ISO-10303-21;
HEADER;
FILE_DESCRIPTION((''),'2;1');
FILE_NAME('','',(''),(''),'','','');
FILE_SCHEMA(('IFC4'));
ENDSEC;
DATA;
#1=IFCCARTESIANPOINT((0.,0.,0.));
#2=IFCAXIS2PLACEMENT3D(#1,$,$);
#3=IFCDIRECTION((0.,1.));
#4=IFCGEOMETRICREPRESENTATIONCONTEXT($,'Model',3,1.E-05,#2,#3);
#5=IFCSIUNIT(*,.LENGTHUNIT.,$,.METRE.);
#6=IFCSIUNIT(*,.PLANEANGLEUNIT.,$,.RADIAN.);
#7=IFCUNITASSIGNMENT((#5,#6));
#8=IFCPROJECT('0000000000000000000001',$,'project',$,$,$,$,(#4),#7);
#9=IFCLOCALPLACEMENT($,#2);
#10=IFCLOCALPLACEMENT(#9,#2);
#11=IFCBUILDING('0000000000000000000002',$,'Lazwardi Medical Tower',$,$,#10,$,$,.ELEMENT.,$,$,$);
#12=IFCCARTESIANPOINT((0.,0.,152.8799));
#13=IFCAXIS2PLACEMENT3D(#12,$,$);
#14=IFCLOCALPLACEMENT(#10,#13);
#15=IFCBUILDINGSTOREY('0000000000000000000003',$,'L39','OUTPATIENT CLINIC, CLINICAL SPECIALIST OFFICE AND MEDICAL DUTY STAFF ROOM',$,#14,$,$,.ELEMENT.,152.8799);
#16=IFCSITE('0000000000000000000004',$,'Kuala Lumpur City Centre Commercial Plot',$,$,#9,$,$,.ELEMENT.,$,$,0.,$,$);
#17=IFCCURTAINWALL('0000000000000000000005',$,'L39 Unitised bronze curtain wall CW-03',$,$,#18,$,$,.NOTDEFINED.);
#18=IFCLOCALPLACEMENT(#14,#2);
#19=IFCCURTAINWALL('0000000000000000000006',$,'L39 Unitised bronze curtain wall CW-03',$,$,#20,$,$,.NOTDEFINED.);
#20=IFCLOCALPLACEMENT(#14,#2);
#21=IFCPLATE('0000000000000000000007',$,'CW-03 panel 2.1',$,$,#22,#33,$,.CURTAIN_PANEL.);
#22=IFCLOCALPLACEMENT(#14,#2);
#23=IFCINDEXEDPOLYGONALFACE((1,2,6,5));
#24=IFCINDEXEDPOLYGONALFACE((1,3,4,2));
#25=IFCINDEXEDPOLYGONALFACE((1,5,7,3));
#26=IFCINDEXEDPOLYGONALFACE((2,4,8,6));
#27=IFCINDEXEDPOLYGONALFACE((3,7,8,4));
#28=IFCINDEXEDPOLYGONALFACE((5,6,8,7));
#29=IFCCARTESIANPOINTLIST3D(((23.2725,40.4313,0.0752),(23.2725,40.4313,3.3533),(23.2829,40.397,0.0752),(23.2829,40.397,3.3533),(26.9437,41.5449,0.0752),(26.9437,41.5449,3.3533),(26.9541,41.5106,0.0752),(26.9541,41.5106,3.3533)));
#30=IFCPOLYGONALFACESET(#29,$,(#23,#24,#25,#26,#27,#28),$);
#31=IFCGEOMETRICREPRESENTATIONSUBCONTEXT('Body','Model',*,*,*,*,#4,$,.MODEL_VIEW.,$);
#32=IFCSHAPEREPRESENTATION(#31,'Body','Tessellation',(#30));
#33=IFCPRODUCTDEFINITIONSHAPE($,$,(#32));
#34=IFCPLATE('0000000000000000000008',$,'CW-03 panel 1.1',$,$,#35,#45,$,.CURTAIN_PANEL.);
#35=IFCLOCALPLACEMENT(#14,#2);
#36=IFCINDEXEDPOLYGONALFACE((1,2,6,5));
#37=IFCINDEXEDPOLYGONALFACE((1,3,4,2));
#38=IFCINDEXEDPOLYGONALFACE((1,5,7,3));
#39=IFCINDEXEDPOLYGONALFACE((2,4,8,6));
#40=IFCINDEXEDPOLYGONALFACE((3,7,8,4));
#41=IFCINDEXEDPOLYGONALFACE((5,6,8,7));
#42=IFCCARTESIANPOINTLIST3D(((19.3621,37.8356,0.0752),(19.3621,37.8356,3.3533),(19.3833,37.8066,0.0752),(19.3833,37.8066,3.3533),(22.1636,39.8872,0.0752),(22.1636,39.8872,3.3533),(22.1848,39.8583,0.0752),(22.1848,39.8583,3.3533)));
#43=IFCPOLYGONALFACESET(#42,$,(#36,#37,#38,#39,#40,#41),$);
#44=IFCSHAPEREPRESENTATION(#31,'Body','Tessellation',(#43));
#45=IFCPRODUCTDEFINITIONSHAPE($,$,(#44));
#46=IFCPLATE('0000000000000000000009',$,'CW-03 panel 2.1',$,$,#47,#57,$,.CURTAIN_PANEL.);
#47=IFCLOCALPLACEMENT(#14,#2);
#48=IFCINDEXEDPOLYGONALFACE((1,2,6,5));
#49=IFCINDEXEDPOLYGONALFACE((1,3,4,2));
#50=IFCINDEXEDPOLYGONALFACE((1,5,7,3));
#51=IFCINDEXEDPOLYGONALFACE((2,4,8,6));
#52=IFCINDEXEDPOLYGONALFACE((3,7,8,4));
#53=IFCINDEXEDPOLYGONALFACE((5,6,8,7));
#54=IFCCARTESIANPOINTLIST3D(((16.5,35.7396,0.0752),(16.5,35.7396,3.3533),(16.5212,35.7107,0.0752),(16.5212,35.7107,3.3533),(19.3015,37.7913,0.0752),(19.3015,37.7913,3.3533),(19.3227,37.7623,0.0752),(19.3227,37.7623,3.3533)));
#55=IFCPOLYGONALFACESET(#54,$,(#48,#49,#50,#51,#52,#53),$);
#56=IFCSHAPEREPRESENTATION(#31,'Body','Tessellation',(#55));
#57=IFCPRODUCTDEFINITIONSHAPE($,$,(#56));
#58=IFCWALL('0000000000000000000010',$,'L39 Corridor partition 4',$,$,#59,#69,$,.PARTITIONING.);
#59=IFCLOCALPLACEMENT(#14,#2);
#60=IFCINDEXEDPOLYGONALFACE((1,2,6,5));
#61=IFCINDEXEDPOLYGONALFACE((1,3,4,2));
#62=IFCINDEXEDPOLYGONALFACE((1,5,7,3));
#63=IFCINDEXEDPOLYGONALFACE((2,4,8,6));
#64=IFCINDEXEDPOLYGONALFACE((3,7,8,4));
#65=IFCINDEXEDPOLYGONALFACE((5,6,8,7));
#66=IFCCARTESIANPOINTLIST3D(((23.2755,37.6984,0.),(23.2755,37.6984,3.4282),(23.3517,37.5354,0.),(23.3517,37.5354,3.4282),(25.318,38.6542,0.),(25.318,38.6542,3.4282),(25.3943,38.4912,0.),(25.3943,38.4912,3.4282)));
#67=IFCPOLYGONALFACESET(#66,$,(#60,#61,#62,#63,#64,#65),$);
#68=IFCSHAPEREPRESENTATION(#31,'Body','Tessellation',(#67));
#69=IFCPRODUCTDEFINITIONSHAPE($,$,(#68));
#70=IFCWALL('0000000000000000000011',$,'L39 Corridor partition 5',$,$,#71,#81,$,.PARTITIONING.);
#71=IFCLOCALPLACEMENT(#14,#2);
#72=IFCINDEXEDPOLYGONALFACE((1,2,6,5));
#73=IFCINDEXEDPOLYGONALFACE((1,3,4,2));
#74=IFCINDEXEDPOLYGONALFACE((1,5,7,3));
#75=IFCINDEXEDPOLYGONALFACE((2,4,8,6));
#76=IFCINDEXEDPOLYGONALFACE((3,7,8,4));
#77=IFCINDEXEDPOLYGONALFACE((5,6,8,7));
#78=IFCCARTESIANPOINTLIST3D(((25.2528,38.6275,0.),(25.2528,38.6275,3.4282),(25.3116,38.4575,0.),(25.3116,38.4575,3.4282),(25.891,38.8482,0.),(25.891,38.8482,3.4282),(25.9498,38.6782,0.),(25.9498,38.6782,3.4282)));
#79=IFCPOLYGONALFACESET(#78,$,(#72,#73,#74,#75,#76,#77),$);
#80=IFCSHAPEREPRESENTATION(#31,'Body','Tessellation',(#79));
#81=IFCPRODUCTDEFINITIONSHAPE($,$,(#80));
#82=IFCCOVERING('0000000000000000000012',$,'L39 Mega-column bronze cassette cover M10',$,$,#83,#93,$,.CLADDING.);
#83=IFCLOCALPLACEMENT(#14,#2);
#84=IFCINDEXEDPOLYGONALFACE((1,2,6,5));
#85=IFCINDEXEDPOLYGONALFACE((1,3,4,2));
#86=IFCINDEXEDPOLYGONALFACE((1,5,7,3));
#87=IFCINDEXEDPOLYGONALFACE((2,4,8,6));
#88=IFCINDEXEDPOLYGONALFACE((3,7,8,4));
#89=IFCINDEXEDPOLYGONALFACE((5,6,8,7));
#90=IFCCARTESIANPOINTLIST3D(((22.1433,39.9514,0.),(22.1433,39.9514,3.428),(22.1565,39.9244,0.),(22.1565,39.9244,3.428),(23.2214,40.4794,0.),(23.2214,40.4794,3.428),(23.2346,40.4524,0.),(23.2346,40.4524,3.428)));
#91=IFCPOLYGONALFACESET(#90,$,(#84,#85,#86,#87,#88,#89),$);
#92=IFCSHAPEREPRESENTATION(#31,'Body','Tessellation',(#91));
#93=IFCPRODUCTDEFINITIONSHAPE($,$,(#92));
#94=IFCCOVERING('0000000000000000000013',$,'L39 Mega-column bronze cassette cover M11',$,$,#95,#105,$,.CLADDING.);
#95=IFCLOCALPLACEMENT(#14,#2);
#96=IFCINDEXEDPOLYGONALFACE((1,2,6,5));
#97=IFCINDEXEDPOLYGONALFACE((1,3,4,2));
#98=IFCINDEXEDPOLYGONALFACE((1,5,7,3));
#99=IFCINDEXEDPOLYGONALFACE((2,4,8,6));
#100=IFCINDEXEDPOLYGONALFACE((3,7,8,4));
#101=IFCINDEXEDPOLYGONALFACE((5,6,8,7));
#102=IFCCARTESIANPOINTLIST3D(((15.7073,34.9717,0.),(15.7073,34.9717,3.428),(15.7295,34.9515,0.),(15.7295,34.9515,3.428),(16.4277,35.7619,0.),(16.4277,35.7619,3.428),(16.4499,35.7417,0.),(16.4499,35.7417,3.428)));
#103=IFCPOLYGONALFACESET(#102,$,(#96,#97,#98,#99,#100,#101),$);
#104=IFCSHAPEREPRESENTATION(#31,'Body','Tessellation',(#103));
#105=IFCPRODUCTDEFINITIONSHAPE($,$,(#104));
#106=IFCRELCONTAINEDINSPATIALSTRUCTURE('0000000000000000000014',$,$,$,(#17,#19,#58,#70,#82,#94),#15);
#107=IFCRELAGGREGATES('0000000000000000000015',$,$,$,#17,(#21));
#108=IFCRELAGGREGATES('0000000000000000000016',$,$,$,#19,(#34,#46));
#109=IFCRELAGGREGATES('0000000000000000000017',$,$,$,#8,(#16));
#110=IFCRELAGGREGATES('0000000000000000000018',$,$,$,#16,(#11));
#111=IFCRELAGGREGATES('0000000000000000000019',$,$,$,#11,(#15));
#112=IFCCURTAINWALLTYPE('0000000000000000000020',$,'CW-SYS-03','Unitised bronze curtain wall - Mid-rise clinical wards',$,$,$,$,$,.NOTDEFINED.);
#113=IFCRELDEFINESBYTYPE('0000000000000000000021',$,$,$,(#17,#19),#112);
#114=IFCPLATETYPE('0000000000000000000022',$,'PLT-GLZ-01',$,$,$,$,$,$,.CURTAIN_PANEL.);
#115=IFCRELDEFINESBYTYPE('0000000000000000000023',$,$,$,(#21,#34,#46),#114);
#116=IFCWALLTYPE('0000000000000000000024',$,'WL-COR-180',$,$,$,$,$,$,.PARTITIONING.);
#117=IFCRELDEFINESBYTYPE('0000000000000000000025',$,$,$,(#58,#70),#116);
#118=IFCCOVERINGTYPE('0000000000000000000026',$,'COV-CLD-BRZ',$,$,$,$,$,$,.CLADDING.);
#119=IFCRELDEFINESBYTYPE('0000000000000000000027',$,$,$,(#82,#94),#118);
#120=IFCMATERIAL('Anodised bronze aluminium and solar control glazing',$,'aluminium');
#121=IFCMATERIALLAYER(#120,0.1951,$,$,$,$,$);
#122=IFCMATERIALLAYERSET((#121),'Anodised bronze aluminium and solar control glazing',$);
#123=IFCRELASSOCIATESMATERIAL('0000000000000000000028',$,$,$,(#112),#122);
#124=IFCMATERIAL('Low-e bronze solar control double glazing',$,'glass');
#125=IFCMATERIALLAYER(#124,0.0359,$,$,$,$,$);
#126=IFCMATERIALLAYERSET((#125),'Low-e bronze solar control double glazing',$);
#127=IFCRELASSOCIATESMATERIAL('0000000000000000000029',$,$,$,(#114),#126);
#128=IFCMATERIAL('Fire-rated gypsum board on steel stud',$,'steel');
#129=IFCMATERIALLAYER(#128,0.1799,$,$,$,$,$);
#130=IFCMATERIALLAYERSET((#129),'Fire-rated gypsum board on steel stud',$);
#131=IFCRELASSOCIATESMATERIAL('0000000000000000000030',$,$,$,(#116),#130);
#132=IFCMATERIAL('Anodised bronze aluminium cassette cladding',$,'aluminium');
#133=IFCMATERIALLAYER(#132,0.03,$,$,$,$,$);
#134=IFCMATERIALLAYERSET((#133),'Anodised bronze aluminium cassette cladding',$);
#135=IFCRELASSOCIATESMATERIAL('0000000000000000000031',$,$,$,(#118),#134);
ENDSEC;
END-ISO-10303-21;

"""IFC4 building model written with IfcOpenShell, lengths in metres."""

from ifc_helpers import new_model, si_unit, direction, frame, frame_2d, origin, origin_2d, place, context, subcontext, project, spatial, rectangle, extrude, material, layer, layer_set, type_object, element, aggregate, save


model = new_model("IFC4")

# Units and contexts
model_context = context("Model", 3, precision=1e-05, world=origin(), true_north=direction((0.0, 1.0)))
body_context = subcontext(model_context, "Body", "Model", "MODEL_VIEW")
ifc_project = project(units=[si_unit("LENGTHUNIT", "METRE"), si_unit("PLANEANGLEUNIT", "RADIAN")], contexts=[model_context])

# Site, building, storey
site_placement = place(None, origin())
site = spatial("IfcSite", under=ifc_project, at=site_placement, Name="Kuala Lumpur City Centre Commercial Plot", CompositionType="ELEMENT", RefElevation=0.0)
building_placement = place(site_placement, origin())
building = spatial("IfcBuilding", under=site, at=building_placement, Name="Lazwardi Medical Tower", CompositionType="ELEMENT")
storey_placement = place(building_placement, frame((0.0, 0.0, 152.8799)))
storey = spatial("IfcBuildingStorey", under=building, at=storey_placement, Name="L39", Description="OUTPATIENT CLINIC, CLINICAL SPECIALIST OFFICE AND MEDICAL DUTY STAFF ROOM", CompositionType="ELEMENT", Elevation=152.8799)

# Curtain wall
ifc_material_1 = material(Name="Anodised bronze aluminium and solar control glazing", Category="aluminium")
ifc_layer_1 = layer(ifc_material_1, 0.1951)
ifc_layer_set_1 = layer_set([ifc_layer_1], Name="Anodised bronze aluminium and solar control glazing")
curtain_wall_type = type_object("IfcCurtainWallType", Name="CW-SYS-03", Description="Unitised bronze curtain wall - Mid-rise clinical wards", PredefinedType="NOTDEFINED", material=ifc_layer_set_1)
curtain_wall_1_placement = place(storey_placement, origin())
curtain_wall_1 = element("IfcCurtainWall", 1, at=curtain_wall_1_placement, inside=storey, type_object=curtain_wall_type, Name="L39 Unitised bronze curtain wall CW-03", PredefinedType="NOTDEFINED")

# Curtain wall
curtain_wall_2_placement = place(storey_placement, origin())
curtain_wall_2 = element("IfcCurtainWall", 2, at=curtain_wall_2_placement, inside=storey, type_object=curtain_wall_type, Name="L39 Unitised bronze curtain wall CW-03", PredefinedType="NOTDEFINED")

# Plates
ifc_material_2 = material(Name="Low-e bronze solar control double glazing", Category="glass")
ifc_layer_2 = layer(ifc_material_2, 0.0359)
ifc_layer_set_2 = layer_set([ifc_layer_2], Name="Low-e bronze solar control double glazing")
plate_type = type_object("IfcPlateType", Name="PLT-GLZ-01", PredefinedType="CURTAIN_PANEL", material=ifc_layer_set_2)
plate_1_placement = place(storey_placement, frame((25.1133, 40.9709, 0.0752), z_axis=(0.0, 0.0, 1.0), x_axis=(-0.956942, -0.290281, 0.0)))
plate_1 = element("IfcPlate", 3, at=plate_1_placement, type_object=plate_type, Name="CW-03 panel 2.1", PredefinedType="CURTAIN_PANEL", context=body_context, shape_type="SweptSolid", body=[
    extrude(rectangle(XDim=3.8364, YDim=0.0359, at=origin_2d()), origin(), (0.0, 0.0, 1.0), 3.2781),
])
aggregate(curtain_wall_1, [plate_1])
plate_2_placement = place(storey_placement, frame((20.7734, 38.8469, 0.0752), z_axis=(0.0, 0.0, 1.0), x_axis=(-0.806793, -0.590834, 0.0)))
plate_2 = element("IfcPlate", 4, at=plate_2_placement, type_object=plate_type, Name="CW-03 panel 1.1", PredefinedType="CURTAIN_PANEL", context=body_context, shape_type="SweptSolid", body=[
    extrude(rectangle(XDim=3.4724, YDim=0.0359, at=origin_2d()), origin(), (0.0, 0.0, 1.0), 3.2781),
])
plate_3_placement = place(storey_placement, frame((17.9114, 36.751, 0.0752), z_axis=(0.0, 0.0, 1.0), x_axis=(-0.806793, -0.590834, 0.0)))
plate_3 = element("IfcPlate", 5, at=plate_3_placement, type_object=plate_type, Name="CW-03 panel 2.1", PredefinedType="CURTAIN_PANEL", context=body_context, shape_type="SweptSolid", body=[
    extrude(rectangle(XDim=3.4724, YDim=0.0359, at=origin_2d()), origin(), (0.0, 0.0, 1.0), 3.2781),
])
aggregate(curtain_wall_2, [plate_2, plate_3])

# Walls
ifc_material_3 = material(Name="Fire-rated gypsum board on steel stud", Category="steel")
ifc_layer_3 = layer(ifc_material_3, 0.1799)
ifc_layer_set_3 = layer_set([ifc_layer_3], Name="Fire-rated gypsum board on steel stud")
wall_type = type_object("IfcWallType", Name="WL-COR-180", PredefinedType="PARTITIONING", material=ifc_layer_set_3)
wall_1_placement = place(storey_placement, frame((23.3137, 37.6169, 0.0), z_axis=(0.0, 0.0, 1.0), x_axis=(0.905732, 0.423851, 0.0)))
element("IfcWall", 6, at=wall_1_placement, inside=storey, type_object=wall_type, Name="L39 Corridor partition 4", PredefinedType="PARTITIONING", context=body_context, shape_type="SweptSolid", body=[
    extrude(rectangle(XDim=2.2551, YDim=0.1799, at=frame_2d((1.1274, 0.0))), origin(), (0.0, 0.0, 1.0), 3.4282),
])
wall_2_placement = place(storey_placement, frame((25.2822, 38.5425, 0.0), z_axis=(0.0, 0.0, 1.0), x_axis=(0.945081, 0.326837, 0.0)))
element("IfcWall", 7, at=wall_2_placement, inside=storey, type_object=wall_type, Name="L39 Corridor partition 5", PredefinedType="PARTITIONING", context=body_context, shape_type="SweptSolid", body=[
    extrude(rectangle(XDim=0.6753, YDim=0.1799, at=frame_2d((0.3376, 0.0))), origin(), (0.0, 0.0, 1.0), 3.4282),
])

# Coverings
ifc_material_4 = material(Name="Anodised bronze aluminium cassette cladding", Category="aluminium")
ifc_layer_4 = layer(ifc_material_4, 0.03)
ifc_layer_set_4 = layer_set([ifc_layer_4], Name="Anodised bronze aluminium cassette cladding")
covering_type = type_object("IfcCoveringType", Name="COV-CLD-BRZ", PredefinedType="CLADDING", material=ifc_layer_set_4)
covering_1_placement = place(storey_placement, frame((22.689, 40.2019, 0.0), z_axis=(0.0, 0.0, 1.0), x_axis=(-0.898079, -0.439834, 0.0)))
element("IfcCovering", 8, at=covering_1_placement, inside=storey, type_object=covering_type, Name="L39 Mega-column bronze cassette cover M10", PredefinedType="CLADDING", context=body_context, shape_type="SweptSolid", body=[
    extrude(rectangle(XDim=1.2004, YDim=0.03, at=origin_2d()), origin(), (0.0, 0.0, 1.0), 3.428),
])
covering_2_placement = place(storey_placement, frame((16.0786, 35.3567, 0.0), z_axis=(0.0, 0.0, 1.0), x_axis=(-0.673714, -0.738992, 0.0)))
element("IfcCovering", 9, at=covering_2_placement, inside=storey, type_object=covering_type, Name="L39 Mega-column bronze cassette cover M11", PredefinedType="CLADDING", context=body_context, shape_type="SweptSolid", body=[
    extrude(rectangle(XDim=1.0693, YDim=0.03, at=origin_2d()), origin(), (0.0, 0.0, 1.0), 3.428),
])

save(model, "model.ifc")
